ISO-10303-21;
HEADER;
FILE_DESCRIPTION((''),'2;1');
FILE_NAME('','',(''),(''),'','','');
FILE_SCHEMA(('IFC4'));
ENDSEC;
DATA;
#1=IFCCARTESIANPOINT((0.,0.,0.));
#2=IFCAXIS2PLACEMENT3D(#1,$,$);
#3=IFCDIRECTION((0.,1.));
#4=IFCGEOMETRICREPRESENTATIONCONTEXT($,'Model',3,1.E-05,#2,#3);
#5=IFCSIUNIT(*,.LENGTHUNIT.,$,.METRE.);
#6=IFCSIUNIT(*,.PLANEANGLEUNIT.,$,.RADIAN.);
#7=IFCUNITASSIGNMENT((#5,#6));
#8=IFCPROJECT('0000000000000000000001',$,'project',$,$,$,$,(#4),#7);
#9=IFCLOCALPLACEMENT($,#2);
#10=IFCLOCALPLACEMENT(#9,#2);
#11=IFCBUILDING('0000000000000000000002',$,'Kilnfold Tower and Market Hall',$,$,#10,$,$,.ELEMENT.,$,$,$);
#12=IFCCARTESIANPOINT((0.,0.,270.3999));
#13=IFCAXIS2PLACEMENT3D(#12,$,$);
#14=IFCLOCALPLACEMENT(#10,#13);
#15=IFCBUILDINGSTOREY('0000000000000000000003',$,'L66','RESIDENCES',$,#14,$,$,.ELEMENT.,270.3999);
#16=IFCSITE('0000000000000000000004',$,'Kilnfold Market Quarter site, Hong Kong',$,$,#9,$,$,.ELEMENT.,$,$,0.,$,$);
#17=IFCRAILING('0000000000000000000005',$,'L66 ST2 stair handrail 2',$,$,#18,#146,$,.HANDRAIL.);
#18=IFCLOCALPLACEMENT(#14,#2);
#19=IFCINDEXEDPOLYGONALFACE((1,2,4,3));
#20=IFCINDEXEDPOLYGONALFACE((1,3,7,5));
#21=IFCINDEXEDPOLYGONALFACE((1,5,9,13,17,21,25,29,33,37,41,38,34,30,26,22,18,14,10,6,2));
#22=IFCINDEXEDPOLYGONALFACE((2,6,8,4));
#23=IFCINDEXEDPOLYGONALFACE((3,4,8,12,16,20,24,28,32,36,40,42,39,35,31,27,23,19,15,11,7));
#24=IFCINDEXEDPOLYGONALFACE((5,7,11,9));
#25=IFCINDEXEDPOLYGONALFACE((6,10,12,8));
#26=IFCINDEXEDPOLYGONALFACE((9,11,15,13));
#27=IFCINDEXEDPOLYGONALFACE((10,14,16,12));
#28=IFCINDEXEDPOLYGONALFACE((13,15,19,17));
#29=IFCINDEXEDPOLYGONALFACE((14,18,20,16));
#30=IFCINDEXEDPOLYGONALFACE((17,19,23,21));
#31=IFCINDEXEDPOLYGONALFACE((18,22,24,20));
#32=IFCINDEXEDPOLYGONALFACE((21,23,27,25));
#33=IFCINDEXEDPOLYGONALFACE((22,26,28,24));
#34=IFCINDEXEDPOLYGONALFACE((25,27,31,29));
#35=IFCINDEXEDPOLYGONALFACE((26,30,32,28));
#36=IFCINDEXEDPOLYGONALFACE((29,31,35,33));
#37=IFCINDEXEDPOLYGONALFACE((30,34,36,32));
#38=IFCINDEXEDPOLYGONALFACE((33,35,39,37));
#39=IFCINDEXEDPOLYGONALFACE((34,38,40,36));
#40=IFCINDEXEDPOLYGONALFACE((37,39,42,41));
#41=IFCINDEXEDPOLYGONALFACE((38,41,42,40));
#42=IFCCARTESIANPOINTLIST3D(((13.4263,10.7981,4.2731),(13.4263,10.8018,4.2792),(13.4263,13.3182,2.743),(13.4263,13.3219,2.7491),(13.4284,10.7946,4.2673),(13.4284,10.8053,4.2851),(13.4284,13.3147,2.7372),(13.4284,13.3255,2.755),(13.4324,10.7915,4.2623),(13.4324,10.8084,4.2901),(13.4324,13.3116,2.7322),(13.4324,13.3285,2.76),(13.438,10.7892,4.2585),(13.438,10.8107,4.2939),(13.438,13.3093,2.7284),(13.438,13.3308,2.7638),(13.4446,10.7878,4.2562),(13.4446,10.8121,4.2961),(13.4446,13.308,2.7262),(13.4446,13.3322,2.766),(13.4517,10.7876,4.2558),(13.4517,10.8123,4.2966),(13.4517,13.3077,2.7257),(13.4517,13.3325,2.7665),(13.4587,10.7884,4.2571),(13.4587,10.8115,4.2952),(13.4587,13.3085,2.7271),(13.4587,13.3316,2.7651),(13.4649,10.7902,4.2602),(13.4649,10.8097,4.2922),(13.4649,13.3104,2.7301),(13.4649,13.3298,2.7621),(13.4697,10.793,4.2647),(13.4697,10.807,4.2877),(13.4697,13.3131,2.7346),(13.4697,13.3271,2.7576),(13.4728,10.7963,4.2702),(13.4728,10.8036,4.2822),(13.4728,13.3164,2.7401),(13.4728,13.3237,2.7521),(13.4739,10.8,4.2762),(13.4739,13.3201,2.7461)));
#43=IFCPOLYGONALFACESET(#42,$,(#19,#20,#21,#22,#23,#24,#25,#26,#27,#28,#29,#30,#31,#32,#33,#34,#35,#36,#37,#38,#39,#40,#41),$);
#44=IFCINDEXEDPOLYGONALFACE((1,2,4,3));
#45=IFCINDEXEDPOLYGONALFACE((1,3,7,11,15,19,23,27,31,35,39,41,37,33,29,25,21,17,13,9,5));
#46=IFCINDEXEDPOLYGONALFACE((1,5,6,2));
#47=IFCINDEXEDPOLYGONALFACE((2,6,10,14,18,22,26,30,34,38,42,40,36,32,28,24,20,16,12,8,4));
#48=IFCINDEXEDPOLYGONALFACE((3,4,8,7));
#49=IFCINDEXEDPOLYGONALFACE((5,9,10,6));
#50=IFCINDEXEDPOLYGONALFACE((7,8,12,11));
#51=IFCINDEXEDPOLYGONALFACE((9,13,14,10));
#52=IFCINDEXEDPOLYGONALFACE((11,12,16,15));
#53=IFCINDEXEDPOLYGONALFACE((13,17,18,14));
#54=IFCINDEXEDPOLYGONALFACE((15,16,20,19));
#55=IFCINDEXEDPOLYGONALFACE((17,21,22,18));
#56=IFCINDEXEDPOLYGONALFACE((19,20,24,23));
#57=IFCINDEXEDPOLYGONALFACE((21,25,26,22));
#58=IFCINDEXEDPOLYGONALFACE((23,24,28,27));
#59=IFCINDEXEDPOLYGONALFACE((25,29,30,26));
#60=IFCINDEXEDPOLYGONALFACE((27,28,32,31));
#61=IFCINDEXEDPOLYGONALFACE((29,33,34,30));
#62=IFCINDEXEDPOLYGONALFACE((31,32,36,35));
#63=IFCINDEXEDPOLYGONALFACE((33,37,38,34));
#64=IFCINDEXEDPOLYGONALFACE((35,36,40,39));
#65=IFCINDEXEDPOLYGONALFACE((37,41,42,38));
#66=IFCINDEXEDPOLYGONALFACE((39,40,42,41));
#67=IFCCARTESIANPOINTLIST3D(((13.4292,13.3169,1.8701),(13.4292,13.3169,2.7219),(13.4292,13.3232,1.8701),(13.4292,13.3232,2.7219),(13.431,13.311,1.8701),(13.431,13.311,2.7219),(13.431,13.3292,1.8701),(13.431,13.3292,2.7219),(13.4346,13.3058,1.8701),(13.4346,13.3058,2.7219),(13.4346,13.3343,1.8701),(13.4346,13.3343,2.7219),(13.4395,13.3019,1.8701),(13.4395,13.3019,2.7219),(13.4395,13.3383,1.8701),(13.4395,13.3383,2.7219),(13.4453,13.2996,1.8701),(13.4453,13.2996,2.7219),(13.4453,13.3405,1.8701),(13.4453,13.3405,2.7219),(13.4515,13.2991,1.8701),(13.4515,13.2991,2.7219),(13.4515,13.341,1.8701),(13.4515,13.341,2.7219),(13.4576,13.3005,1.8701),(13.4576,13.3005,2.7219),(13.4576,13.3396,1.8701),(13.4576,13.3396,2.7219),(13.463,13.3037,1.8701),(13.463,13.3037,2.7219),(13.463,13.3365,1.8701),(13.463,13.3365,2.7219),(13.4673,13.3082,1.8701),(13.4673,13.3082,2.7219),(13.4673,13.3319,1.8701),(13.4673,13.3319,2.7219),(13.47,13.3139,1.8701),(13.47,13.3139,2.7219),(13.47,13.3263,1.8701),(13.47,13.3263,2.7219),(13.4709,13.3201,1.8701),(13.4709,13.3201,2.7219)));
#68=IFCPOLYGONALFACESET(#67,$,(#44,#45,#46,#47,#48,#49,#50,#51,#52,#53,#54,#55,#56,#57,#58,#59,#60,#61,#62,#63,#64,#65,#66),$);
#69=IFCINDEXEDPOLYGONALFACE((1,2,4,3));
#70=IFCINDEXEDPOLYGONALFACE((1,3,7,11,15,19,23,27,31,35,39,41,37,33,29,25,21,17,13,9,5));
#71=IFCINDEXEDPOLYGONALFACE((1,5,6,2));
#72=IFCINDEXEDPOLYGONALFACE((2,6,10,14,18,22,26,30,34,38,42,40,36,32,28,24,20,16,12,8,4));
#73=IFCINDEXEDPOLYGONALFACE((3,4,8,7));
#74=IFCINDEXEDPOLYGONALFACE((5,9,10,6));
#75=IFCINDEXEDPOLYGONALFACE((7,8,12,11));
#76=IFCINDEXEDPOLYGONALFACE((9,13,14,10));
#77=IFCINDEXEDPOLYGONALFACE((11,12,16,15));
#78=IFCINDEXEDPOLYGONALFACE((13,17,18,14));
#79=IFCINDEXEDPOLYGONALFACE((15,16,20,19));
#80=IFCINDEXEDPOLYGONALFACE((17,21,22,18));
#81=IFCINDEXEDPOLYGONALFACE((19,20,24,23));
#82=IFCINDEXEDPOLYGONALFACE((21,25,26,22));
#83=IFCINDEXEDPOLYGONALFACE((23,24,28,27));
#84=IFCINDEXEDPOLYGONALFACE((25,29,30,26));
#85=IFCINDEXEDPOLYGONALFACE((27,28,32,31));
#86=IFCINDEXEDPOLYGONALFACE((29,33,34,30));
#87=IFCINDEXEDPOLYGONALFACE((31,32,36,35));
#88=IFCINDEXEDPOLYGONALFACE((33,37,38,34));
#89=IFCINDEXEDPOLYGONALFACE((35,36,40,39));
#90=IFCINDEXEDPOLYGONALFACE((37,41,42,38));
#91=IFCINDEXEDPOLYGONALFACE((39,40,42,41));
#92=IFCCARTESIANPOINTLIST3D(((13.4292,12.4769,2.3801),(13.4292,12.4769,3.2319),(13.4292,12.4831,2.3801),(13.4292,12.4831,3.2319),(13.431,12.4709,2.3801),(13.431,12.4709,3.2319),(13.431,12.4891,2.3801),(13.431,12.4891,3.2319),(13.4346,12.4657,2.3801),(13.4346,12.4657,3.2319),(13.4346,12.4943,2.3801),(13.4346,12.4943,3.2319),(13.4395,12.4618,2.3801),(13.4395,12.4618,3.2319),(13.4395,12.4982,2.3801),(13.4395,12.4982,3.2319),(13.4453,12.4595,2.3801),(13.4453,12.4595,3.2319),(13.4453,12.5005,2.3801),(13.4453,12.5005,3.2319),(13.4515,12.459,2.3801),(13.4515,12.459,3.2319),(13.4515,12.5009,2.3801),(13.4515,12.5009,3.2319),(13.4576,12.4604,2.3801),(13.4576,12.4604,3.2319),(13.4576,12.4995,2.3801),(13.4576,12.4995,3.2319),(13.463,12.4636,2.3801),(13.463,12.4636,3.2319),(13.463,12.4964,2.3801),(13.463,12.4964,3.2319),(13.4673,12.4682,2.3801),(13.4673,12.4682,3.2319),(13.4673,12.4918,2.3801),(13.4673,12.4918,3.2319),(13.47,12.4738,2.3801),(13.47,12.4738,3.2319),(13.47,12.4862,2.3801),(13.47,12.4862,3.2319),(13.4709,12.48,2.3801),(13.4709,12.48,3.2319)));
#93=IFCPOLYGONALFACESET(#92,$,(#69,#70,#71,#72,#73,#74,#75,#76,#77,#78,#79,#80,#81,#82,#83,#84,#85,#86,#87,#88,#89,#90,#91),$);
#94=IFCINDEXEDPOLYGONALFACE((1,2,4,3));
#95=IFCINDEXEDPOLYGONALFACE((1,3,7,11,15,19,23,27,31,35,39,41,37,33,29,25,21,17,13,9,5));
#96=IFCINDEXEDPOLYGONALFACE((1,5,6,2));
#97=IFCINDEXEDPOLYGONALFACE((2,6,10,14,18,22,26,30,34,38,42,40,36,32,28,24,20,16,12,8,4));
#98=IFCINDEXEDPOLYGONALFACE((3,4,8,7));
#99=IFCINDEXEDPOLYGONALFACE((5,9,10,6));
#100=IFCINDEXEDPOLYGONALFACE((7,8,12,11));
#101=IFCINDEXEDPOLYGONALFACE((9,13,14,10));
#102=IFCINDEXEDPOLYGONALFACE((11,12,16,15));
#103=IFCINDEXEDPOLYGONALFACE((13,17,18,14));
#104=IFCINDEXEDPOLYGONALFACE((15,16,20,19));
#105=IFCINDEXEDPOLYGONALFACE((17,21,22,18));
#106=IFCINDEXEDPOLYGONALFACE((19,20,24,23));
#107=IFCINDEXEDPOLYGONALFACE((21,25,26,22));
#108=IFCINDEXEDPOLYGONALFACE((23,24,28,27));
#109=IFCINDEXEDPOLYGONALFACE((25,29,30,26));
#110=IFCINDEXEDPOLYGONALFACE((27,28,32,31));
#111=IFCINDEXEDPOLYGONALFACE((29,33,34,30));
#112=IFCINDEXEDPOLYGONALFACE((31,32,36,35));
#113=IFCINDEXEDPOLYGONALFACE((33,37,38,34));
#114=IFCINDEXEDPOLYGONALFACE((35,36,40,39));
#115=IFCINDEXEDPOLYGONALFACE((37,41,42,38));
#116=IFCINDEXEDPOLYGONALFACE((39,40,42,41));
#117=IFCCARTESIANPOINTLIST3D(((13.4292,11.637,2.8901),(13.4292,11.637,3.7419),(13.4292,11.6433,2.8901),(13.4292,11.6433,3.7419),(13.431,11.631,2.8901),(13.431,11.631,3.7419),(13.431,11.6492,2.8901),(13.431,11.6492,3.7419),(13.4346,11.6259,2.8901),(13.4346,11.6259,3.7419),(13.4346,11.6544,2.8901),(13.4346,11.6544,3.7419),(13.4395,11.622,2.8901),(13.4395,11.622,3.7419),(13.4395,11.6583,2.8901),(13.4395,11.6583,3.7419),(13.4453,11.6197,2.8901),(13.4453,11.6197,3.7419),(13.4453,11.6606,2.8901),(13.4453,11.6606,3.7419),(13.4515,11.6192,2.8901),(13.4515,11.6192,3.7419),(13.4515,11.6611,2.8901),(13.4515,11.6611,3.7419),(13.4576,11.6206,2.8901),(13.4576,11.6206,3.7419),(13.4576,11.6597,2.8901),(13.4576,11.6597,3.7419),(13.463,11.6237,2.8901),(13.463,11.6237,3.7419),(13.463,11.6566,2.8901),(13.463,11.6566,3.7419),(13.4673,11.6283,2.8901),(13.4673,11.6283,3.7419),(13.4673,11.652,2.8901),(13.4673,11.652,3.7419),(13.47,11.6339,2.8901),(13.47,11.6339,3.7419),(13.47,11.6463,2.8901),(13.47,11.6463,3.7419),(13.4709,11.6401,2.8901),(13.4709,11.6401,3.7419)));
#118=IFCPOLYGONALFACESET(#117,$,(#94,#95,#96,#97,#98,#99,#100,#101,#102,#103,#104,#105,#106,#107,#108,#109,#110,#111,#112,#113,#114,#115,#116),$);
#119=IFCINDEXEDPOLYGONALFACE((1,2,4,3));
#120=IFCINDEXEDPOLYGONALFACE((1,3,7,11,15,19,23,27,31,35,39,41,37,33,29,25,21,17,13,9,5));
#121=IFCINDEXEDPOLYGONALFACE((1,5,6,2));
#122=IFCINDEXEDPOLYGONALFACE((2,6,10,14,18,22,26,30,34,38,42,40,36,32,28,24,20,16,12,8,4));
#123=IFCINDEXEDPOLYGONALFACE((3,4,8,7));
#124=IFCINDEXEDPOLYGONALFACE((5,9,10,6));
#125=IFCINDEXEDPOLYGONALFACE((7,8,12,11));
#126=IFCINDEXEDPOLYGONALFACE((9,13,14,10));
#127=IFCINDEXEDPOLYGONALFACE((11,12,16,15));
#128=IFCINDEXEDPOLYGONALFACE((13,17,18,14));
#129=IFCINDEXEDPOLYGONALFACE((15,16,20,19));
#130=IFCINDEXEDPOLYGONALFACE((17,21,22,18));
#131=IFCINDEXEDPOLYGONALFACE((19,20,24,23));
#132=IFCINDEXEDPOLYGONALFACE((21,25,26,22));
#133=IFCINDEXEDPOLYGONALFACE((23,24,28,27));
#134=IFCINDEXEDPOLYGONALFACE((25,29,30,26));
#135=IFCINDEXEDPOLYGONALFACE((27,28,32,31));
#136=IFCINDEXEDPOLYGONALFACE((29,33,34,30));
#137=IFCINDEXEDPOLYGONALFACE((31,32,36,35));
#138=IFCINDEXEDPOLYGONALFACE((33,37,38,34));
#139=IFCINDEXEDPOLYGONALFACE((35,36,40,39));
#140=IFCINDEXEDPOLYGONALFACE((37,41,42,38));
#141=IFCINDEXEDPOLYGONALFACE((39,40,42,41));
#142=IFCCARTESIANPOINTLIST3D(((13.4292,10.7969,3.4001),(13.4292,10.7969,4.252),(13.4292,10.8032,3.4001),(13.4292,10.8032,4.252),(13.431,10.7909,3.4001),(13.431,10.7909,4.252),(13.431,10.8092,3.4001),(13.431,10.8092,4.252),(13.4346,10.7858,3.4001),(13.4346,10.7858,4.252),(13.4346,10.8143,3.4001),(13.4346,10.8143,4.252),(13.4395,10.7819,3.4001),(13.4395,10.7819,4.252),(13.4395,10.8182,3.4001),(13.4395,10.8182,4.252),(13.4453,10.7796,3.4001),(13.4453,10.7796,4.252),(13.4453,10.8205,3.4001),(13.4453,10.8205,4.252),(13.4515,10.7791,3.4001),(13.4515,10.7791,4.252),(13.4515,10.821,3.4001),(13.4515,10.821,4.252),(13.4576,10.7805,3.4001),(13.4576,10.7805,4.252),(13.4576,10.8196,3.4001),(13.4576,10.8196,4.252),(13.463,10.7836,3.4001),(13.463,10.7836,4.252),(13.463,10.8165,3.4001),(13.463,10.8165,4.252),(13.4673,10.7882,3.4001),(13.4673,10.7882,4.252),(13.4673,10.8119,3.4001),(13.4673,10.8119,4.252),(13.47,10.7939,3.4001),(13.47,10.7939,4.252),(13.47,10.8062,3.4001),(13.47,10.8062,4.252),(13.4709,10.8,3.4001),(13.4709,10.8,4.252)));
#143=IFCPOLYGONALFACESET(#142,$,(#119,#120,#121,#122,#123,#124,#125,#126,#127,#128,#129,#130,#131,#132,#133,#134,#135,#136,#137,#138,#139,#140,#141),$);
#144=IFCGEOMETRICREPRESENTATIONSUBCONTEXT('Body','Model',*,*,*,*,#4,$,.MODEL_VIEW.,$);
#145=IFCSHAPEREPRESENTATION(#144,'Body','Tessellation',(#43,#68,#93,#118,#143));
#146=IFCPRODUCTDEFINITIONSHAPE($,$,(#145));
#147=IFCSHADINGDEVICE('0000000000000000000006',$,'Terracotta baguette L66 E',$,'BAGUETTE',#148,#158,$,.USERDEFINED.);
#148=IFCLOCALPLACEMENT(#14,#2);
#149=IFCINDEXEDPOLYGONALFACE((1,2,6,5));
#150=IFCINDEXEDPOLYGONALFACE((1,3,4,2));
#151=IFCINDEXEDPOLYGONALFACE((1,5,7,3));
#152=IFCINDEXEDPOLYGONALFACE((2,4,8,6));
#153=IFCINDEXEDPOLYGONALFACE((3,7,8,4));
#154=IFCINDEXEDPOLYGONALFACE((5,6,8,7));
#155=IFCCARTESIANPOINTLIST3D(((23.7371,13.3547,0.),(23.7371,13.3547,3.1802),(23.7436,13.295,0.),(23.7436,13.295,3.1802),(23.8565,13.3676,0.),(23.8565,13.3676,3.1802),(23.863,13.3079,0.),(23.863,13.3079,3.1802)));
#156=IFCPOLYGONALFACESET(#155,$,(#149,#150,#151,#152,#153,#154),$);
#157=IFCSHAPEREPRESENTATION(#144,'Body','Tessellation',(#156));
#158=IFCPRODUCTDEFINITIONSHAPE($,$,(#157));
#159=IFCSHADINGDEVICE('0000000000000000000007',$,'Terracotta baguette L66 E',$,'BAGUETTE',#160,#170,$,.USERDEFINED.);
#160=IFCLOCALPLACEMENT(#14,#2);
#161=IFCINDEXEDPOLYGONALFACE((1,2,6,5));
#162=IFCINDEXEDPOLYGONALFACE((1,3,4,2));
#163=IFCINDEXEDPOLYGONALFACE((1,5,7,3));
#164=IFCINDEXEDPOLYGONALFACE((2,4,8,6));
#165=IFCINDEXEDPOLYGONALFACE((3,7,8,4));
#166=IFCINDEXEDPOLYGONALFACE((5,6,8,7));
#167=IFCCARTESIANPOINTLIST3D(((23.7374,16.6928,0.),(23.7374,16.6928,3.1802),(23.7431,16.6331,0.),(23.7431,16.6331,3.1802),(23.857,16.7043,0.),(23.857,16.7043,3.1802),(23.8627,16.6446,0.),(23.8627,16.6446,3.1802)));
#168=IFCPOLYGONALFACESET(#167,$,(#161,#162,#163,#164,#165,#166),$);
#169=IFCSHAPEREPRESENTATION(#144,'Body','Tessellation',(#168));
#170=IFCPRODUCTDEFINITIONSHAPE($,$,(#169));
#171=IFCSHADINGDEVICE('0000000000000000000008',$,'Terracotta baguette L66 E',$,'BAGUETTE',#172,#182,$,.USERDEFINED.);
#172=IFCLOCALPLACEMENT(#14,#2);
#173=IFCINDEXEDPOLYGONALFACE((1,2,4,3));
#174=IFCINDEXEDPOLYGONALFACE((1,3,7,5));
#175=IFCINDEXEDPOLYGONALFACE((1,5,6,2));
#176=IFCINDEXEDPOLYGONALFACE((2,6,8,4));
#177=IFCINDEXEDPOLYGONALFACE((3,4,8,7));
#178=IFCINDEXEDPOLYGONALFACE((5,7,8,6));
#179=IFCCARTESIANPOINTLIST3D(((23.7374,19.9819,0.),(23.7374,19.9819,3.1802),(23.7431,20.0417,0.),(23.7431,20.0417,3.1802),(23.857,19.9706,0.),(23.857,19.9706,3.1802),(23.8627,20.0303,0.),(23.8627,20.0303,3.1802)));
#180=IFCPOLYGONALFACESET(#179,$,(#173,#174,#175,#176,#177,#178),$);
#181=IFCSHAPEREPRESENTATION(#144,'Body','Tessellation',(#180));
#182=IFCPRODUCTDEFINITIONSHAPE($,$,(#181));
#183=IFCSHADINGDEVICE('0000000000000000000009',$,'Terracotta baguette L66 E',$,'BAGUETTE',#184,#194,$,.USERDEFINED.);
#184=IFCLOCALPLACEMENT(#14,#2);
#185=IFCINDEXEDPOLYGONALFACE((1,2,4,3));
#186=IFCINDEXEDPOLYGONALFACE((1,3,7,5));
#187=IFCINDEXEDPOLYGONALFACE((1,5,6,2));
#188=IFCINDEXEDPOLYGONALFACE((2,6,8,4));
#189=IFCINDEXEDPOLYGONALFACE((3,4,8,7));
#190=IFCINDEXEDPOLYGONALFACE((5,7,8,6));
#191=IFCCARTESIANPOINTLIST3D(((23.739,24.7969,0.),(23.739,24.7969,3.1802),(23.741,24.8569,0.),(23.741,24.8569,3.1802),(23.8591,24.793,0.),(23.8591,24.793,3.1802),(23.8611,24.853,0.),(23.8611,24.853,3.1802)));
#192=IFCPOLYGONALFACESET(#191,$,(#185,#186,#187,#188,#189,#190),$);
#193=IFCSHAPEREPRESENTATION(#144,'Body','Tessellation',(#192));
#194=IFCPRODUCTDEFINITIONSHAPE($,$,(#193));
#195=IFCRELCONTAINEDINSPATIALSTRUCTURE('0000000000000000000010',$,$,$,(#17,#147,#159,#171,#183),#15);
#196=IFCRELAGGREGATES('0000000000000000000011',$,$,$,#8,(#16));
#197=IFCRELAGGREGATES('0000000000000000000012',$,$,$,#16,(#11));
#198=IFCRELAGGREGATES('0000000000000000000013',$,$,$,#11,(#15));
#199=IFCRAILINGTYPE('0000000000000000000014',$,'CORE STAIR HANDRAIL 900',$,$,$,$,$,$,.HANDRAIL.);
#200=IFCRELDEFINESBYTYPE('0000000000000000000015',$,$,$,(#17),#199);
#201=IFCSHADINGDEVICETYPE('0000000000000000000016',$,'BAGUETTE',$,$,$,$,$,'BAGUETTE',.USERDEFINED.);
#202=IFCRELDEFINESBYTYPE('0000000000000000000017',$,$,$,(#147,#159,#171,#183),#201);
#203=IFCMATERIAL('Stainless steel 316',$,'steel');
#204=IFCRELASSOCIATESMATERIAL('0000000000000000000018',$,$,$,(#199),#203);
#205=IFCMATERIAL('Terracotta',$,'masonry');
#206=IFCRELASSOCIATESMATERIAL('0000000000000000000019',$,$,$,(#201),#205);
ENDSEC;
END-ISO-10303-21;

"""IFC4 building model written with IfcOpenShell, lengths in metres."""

from ifc_helpers import new_model, si_unit, direction, frame, origin, origin_2d, place, context, subcontext, project, spatial, rectangle, circle, extrude, source, transform, mapped, material, material_profile, profile_set, type_object, element, save


model = new_model("IFC4")

# Units and contexts
model_context = context("Model", 3, precision=1e-05, world=origin(), true_north=direction((0.0, 1.0)))
body_context = subcontext(model_context, "Body", "Model", "MODEL_VIEW")
ifc_project = project(units=[si_unit("LENGTHUNIT", "METRE"), si_unit("PLANEANGLEUNIT", "RADIAN")], contexts=[model_context])

# Site, building, storey
site_placement = place(None, origin())
site = spatial("IfcSite", under=ifc_project, at=site_placement, Name="Kilnfold Market Quarter site, Hong Kong", CompositionType="ELEMENT", RefElevation=0.0)
building_placement = place(site_placement, origin())
building = spatial("IfcBuilding", under=site, at=building_placement, Name="Kilnfold Tower and Market Hall", CompositionType="ELEMENT")
storey_placement = place(building_placement, frame((0.0, 0.0, 270.3999)))
storey = spatial("IfcBuildingStorey", under=building, at=storey_placement, Name="L66", Description="RESIDENCES", CompositionType="ELEMENT", Elevation=270.3999)

# Railing
ifc_material_1 = material(Name="Stainless steel 316", Category="steel")
railing_type = type_object("IfcRailingType", Name="CORE STAIR HANDRAIL 900", PredefinedType="HANDRAIL", material=ifc_material_1)
railing_placement = place(storey_placement, frame((13.45, 13.3201, 1.8701)))
element("IfcRailing", 1, at=railing_placement, inside=storey, type_object=railing_type, Name="L66 ST2 stair handrail 2", PredefinedType="HANDRAIL", context=body_context, shape_type="SweptSolid", body=[
    extrude(circle(Radius=0.0239, at=origin_2d()), frame((0.0, 0.0, 0.876), z_axis=(0.0, -0.854785, 0.518982), x_axis=(1.0, 0.0, 0.0)), (0.0, 0.0, 1.0), 2.9482),
    extrude(circle(Radius=0.021, at=origin_2d()), origin(), (0.0, 0.0, 1.0), 0.8518),
    extrude(circle(Radius=0.021, at=origin_2d()), frame((0.0, -0.8401, 0.51)), (0.0, 0.0, 1.0), 0.8518),
    extrude(circle(Radius=0.021, at=origin_2d()), frame((0.0, -1.6799, 1.02)), (0.0, 0.0, 1.0), 0.8518),
    extrude(circle(Radius=0.021, at=origin_2d()), frame((0.0, -2.52, 1.53)), (0.0, 0.0, 1.0), 0.8518),
])

# Shading devices
ifc_material_2 = material(Name="Terracotta", Category="masonry")
ifc_material_profile_1 = material_profile(ifc_material_2, rectangle(XDim=0.0601, YDim=0.1201, at=origin_2d()), Name="BAG 60x120")
ifc_profile_set_1 = profile_set([ifc_material_profile_1], Name="Terracotta")
shading_device_type = type_object("IfcShadingDeviceType", Name="BAGUETTE", ElementType="BAGUETTE", PredefinedType="USERDEFINED", material=ifc_profile_set_1)
shared_shape_1 = source(origin(), body_context, "Body", "SweptSolid", [
    extrude(rectangle(XDim=0.0601, YDim=0.1201, at=origin_2d()), origin(), (0.0, 0.0, 1.0), 3.1802),
])
for number, where, z_axis, x_axis, name in (
    (2, (23.8, 13.3313, 0.0), (0.0, 0.0, 1.0), (-0.108048, 0.994146, 0.0), "Terracotta baguette L66 E"),
    (3, (23.8, 16.6687, 0.0), (0.0, 0.0, 1.0), (-0.095686, 0.995412, 0.0), "Terracotta baguette L66 E"),
    (4, (23.8, 20.0061, 0.0), (0.0, 0.0, 1.0), (0.094155, 0.995558, 0.0), "Terracotta baguette L66 E"),
    (5, (23.8, 24.825, 0.0), (0.0, 0.0, 1.0), (0.032848, 0.99946, 0.0), "Terracotta baguette L66 E"),
):
    element("IfcShadingDevice", number, at=place(storey_placement, frame(where, z_axis=z_axis, x_axis=x_axis)), inside=storey, type_object=shading_device_type, Name=name, ObjectType="BAGUETTE", PredefinedType="USERDEFINED", context=body_context, shape_type="MappedRepresentation", body=[
        mapped(shared_shape_1, transform((0.0, 0.0, 0.0))),
    ])

save(model, "model.ifc")
